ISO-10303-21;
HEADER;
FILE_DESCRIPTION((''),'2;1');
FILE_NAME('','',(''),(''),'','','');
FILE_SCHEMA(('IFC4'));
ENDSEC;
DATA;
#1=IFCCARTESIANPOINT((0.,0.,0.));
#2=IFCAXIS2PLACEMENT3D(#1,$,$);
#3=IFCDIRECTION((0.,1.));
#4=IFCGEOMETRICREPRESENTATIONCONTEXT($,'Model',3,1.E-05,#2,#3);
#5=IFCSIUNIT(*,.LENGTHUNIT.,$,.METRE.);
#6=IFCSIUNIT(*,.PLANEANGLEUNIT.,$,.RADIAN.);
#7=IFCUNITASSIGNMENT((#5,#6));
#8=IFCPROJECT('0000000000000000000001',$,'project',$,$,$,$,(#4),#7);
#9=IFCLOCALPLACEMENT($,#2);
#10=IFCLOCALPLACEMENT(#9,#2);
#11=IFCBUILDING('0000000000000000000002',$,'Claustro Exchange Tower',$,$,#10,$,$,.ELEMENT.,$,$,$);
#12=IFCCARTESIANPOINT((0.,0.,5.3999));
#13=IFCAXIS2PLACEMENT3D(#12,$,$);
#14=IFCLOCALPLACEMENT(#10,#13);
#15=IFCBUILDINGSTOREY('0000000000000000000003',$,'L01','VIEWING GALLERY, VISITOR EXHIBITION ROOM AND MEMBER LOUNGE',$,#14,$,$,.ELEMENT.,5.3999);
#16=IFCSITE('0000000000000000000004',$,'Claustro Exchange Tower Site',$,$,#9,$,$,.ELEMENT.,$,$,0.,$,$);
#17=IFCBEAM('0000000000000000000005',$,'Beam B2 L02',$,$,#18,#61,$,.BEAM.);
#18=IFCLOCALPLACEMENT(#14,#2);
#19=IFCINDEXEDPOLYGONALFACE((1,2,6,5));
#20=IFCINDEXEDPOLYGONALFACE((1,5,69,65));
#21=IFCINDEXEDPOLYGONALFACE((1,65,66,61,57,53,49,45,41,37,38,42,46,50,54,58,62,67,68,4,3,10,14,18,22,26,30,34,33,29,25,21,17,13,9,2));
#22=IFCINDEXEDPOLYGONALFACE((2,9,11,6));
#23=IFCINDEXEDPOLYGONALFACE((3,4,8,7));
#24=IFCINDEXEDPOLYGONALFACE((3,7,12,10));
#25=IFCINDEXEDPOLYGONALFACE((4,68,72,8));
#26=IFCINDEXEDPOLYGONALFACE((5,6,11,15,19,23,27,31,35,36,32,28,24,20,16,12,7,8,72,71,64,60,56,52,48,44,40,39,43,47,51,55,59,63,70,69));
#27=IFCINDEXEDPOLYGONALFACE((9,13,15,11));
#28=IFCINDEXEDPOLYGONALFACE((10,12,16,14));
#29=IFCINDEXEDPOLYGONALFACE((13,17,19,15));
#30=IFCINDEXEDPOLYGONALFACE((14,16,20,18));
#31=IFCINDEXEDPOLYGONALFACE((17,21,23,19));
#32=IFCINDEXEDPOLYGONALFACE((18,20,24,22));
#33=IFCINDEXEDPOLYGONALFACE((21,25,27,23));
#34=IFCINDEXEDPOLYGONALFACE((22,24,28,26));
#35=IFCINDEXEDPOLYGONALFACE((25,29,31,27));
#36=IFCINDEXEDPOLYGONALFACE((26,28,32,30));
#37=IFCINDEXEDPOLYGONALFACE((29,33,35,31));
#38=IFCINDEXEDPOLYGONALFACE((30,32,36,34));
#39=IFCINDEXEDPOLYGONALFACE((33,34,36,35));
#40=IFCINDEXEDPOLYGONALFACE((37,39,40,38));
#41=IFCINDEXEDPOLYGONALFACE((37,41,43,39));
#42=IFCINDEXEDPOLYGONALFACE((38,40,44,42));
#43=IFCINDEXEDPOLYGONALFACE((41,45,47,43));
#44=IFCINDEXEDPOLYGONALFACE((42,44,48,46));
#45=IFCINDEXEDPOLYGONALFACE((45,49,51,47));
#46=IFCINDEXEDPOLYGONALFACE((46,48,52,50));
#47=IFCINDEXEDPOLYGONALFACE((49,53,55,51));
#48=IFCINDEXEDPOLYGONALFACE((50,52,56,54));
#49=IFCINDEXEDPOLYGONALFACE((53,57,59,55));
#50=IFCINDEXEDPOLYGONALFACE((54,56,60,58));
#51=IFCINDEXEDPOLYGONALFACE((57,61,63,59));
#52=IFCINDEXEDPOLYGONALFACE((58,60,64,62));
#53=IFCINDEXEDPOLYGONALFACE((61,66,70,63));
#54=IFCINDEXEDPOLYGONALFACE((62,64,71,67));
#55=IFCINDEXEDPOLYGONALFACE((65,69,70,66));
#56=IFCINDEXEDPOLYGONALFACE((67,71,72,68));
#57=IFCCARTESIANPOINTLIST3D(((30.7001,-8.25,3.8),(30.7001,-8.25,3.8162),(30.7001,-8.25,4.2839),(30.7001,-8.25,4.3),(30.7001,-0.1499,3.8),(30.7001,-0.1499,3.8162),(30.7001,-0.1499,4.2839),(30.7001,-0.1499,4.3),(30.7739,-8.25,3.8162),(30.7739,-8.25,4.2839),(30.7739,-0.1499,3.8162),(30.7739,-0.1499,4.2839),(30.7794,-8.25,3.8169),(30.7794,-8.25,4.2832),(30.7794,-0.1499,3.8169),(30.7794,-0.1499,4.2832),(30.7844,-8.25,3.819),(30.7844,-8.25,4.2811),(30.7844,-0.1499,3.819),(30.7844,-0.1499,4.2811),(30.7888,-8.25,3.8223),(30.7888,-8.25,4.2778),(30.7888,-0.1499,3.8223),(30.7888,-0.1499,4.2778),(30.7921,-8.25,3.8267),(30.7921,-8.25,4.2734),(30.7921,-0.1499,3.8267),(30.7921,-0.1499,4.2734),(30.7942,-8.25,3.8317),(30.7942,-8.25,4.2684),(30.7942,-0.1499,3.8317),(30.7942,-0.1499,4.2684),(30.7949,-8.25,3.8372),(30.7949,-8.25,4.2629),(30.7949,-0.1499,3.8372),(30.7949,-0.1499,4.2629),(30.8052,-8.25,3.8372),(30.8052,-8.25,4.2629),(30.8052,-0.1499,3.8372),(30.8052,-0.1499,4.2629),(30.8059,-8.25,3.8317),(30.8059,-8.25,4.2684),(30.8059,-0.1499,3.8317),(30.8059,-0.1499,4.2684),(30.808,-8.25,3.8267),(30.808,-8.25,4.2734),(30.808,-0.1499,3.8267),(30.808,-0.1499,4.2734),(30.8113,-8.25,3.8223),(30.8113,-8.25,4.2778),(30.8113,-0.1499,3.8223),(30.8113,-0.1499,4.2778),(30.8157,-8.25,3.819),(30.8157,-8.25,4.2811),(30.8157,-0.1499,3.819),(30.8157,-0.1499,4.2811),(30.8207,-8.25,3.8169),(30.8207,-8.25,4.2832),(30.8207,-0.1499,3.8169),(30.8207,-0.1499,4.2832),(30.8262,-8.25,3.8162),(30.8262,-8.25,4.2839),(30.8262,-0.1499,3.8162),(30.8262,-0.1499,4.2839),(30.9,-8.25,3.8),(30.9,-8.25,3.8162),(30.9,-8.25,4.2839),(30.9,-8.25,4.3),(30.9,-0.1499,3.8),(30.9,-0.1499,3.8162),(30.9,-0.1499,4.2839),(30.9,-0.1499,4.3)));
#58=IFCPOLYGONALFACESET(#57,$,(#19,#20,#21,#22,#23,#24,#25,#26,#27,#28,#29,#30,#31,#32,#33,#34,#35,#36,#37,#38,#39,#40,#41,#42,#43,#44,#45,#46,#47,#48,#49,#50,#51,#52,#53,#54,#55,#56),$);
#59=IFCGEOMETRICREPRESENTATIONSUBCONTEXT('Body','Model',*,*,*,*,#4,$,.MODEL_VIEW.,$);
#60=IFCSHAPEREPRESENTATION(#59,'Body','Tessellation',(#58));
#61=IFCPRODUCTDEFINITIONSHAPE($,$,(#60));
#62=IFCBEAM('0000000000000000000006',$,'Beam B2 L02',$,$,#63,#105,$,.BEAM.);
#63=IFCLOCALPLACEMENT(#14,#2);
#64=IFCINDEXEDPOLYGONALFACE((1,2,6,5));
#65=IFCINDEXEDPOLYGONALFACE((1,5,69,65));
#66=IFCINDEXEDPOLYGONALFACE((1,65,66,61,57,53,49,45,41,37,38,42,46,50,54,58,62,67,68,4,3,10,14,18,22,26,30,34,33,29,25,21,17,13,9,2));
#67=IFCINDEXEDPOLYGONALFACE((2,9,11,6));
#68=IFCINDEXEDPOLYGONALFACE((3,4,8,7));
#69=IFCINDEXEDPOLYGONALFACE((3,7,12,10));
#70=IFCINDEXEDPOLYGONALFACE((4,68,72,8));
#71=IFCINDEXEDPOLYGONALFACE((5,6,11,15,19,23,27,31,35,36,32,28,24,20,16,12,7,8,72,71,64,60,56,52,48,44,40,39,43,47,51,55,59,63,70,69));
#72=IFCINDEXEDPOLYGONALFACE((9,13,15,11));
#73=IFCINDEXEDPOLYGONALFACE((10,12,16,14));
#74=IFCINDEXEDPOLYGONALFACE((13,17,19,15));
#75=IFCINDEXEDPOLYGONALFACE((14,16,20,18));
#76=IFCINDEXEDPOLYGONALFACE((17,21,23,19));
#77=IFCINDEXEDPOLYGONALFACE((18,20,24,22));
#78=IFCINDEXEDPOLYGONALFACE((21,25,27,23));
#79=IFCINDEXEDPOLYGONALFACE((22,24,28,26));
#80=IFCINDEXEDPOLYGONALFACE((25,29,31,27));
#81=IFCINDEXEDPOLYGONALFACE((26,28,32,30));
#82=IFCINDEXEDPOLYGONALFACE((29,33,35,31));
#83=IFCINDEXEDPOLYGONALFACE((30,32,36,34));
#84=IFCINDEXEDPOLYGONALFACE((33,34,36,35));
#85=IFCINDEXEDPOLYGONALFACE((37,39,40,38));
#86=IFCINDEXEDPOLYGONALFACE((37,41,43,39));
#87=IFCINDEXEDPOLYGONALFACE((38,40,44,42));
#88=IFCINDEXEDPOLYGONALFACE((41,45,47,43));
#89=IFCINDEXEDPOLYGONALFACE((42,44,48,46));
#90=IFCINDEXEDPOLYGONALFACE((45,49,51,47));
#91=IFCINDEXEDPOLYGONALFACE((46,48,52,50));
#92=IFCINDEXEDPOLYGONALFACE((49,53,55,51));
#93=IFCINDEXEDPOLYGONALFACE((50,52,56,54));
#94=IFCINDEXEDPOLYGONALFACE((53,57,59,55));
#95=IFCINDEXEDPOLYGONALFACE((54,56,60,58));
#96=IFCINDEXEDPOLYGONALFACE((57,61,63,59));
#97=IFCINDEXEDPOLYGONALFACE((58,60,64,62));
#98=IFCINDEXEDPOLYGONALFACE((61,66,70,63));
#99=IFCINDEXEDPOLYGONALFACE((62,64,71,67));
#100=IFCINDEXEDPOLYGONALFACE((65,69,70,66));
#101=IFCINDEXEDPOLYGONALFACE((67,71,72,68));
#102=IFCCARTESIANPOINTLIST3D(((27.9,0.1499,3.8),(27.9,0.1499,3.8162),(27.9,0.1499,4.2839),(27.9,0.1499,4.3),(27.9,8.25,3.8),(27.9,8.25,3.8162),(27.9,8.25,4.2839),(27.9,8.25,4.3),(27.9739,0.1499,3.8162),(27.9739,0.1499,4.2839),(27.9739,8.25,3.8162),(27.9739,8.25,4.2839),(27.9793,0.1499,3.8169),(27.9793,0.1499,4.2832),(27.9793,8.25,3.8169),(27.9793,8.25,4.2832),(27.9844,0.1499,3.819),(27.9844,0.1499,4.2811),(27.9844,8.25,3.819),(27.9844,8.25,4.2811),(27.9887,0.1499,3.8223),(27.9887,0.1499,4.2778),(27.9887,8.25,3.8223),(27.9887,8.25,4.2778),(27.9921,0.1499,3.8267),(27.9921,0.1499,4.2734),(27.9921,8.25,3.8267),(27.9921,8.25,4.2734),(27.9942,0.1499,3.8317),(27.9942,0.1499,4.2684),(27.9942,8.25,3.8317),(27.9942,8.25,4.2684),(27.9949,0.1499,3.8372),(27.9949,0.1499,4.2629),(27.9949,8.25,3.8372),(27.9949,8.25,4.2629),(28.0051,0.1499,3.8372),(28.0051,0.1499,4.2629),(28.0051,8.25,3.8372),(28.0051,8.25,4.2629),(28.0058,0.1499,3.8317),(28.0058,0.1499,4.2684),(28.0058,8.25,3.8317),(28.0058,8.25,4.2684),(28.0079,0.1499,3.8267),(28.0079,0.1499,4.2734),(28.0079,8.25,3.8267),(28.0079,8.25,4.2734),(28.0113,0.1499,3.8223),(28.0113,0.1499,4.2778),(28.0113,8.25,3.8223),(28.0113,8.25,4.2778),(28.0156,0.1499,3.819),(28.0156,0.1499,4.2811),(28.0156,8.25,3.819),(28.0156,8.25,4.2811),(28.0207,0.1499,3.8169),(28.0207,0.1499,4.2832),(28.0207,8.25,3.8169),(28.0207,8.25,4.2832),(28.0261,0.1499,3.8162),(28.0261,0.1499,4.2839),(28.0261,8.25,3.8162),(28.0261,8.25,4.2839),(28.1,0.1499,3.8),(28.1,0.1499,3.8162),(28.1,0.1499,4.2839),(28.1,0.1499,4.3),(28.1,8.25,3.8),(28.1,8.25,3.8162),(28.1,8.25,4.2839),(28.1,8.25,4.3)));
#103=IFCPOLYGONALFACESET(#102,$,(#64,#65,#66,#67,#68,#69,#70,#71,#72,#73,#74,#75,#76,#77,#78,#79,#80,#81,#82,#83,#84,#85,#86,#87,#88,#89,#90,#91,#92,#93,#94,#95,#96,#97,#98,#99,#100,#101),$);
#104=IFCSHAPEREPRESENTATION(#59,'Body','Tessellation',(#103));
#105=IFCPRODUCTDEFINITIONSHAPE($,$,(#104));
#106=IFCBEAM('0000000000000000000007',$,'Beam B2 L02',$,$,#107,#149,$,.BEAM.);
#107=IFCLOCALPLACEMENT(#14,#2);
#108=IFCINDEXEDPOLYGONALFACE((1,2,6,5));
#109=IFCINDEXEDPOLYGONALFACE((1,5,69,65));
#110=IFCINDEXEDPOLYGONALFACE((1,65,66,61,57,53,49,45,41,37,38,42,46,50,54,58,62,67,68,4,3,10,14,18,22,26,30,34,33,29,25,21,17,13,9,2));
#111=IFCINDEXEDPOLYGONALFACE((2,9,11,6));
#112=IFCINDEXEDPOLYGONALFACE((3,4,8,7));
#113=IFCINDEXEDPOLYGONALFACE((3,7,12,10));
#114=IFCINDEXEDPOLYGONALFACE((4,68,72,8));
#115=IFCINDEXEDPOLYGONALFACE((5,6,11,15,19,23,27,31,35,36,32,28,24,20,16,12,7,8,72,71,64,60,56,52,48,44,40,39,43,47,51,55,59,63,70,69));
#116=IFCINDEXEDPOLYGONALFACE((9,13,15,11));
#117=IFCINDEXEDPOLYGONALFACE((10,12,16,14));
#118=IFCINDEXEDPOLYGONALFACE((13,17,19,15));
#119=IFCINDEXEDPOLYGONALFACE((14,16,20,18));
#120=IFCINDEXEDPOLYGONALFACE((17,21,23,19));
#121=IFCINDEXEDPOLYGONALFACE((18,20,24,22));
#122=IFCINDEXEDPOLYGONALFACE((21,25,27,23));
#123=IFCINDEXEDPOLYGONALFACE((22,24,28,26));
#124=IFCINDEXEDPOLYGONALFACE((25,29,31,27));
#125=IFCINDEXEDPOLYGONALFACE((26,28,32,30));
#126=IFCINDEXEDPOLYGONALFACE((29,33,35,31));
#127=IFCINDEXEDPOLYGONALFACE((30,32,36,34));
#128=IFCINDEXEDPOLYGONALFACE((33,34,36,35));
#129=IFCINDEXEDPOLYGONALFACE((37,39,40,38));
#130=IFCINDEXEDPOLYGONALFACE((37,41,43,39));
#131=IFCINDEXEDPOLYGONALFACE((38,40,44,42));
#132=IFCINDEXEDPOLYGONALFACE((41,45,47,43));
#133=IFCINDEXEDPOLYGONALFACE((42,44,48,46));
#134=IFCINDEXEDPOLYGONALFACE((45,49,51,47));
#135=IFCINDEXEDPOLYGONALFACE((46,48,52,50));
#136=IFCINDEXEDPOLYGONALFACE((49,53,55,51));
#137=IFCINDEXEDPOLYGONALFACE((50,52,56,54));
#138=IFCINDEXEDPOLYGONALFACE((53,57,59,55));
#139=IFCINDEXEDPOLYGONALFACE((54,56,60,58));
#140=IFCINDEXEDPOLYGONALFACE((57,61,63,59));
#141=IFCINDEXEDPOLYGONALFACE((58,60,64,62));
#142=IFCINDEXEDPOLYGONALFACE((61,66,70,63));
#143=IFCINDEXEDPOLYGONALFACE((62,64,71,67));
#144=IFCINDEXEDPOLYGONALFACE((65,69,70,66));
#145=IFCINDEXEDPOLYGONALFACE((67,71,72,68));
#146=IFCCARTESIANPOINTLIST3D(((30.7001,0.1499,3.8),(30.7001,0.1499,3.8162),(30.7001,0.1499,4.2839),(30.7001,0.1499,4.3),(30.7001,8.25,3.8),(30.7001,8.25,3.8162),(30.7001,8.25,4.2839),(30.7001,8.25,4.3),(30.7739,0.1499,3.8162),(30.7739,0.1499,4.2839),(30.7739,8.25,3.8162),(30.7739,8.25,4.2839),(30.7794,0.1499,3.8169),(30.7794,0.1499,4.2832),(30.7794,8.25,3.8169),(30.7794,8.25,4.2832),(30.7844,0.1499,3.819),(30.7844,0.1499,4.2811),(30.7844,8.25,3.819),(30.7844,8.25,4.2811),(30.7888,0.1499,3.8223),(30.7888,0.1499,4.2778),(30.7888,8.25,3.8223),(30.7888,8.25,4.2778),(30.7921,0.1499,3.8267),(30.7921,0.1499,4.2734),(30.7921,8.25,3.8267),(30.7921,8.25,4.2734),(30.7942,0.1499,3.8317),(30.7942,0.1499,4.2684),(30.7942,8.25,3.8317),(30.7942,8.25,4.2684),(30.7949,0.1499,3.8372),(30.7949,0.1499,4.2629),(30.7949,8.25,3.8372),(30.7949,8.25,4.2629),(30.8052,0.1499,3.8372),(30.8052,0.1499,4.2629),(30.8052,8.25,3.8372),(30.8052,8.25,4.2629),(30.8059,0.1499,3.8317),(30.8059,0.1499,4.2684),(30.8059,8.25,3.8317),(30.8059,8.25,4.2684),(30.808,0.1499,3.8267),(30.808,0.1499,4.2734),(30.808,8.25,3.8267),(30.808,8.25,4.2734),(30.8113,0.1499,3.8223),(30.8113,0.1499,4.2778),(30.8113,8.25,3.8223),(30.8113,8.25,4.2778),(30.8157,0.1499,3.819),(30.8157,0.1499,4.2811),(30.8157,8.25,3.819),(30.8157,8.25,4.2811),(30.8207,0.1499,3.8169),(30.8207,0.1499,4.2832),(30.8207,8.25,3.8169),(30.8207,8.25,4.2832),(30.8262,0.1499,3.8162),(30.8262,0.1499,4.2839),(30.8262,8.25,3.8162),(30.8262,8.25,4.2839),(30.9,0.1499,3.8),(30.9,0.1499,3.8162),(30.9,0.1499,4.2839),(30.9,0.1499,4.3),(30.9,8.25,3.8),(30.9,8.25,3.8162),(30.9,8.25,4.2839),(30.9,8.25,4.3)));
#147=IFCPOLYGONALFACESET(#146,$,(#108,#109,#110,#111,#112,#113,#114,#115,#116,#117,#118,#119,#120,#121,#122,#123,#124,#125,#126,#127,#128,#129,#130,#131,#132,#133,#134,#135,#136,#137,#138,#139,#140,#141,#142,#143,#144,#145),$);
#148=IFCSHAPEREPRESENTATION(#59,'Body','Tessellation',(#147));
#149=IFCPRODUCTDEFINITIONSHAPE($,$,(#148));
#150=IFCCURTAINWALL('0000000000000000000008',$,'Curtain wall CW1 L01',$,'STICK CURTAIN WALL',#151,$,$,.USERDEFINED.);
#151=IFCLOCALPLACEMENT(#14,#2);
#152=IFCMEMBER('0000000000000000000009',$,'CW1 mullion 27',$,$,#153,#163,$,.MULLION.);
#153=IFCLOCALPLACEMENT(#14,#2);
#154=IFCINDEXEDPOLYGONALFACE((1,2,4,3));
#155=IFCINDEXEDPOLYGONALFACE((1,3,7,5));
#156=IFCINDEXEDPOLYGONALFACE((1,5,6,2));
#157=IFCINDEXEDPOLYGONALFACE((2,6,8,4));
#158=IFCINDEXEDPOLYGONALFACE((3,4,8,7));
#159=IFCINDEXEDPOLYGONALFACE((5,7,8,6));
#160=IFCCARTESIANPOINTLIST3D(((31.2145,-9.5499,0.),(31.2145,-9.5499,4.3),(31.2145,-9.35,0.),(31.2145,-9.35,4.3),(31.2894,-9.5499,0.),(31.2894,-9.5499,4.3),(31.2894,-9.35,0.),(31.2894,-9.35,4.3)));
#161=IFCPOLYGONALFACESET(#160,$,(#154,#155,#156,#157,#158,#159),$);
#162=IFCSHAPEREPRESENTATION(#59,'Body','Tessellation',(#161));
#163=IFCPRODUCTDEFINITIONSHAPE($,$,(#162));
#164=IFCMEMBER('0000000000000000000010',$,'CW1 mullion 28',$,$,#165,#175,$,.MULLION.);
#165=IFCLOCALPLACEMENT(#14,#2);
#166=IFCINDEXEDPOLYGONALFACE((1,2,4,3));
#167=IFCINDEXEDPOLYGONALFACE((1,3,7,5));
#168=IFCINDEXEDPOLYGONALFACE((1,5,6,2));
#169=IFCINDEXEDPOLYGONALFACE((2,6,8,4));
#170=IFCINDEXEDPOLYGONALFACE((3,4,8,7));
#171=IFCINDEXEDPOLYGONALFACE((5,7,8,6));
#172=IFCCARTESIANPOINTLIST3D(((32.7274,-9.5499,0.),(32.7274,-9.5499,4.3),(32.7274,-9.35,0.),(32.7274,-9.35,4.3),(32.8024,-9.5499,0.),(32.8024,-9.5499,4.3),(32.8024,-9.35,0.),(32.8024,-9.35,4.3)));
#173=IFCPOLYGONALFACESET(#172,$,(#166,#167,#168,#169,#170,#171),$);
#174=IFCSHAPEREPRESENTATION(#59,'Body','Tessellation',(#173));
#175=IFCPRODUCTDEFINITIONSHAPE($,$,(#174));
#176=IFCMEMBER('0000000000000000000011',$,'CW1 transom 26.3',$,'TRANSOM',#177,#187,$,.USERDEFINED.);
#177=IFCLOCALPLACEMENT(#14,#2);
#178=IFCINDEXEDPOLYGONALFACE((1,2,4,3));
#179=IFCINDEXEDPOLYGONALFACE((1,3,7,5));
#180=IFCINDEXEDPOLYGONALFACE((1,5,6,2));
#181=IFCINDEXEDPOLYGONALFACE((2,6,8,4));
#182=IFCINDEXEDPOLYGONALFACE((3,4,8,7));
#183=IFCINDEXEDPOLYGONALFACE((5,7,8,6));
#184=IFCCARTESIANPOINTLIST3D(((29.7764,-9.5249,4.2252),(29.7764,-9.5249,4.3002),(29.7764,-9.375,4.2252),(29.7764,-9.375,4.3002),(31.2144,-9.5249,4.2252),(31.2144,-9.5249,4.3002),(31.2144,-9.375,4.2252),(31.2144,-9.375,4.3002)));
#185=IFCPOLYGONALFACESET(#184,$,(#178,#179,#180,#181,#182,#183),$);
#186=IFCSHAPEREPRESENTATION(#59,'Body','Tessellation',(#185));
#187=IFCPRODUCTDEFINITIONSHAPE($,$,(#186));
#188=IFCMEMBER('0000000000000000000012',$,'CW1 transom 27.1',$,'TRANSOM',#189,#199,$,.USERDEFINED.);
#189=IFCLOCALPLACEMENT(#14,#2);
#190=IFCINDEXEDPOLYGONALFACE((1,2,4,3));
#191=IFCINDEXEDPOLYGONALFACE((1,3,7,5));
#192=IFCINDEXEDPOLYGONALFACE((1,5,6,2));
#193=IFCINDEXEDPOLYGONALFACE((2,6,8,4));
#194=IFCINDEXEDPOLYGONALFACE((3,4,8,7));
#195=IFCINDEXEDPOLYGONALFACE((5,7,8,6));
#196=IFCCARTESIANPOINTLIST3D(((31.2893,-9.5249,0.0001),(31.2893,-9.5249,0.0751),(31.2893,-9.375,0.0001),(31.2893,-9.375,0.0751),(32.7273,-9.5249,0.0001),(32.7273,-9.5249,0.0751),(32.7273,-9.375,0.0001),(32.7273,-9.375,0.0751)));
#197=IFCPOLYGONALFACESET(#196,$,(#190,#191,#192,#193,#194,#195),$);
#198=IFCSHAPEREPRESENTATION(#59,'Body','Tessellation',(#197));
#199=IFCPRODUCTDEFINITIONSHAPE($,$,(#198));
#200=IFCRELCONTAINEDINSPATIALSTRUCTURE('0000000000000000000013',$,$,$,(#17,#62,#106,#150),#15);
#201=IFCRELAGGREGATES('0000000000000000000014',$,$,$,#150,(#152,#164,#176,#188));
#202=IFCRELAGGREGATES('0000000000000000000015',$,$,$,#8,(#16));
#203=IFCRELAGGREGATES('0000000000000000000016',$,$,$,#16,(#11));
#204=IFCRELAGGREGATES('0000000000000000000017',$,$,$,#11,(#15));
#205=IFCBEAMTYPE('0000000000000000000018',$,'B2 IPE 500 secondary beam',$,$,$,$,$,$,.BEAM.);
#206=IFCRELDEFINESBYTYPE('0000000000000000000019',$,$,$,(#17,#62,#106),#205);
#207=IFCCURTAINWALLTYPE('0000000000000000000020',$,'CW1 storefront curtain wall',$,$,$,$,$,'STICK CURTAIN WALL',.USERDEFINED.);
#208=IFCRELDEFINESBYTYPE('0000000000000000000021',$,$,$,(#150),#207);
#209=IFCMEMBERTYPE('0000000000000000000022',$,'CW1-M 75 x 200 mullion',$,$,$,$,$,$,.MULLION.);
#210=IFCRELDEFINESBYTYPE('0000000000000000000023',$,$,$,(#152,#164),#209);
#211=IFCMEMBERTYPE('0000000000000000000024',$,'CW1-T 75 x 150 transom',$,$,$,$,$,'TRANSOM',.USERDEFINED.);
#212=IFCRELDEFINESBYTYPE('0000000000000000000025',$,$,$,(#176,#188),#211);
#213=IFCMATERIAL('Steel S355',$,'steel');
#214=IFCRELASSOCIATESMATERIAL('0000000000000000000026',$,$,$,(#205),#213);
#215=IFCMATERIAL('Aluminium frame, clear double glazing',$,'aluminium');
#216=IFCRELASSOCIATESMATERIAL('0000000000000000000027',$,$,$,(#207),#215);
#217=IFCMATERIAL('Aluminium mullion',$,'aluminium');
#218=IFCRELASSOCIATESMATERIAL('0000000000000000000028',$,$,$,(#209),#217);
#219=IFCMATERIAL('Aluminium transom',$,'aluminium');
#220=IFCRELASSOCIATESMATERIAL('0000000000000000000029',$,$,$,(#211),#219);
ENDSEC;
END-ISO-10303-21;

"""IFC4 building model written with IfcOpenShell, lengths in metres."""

from ifc_helpers import new_model, si_unit, direction, frame, origin, origin_2d, place, context, subcontext, project, spatial, rectangle, i_section, extrude, material, material_profile, profile_set, type_object, element, aggregate, save


model = new_model("IFC4")

# Units and contexts
model_context = context("Model", 3, precision=1e-05, world=origin(), true_north=direction((0.0, 1.0)))
body_context = subcontext(model_context, "Body", "Model", "MODEL_VIEW")
ifc_project = project(units=[si_unit("LENGTHUNIT", "METRE"), si_unit("PLANEANGLEUNIT", "RADIAN")], contexts=[model_context])

# Site, building, storey
site_placement = place(None, origin())
site = spatial("IfcSite", under=ifc_project, at=site_placement, Name="Claustro Exchange Tower Site", CompositionType="ELEMENT", RefElevation=0.0)
building_placement = place(site_placement, origin())
building = spatial("IfcBuilding", under=site, at=building_placement, Name="Claustro Exchange Tower", CompositionType="ELEMENT")
storey_placement = place(building_placement, frame((0.0, 0.0, 5.3999)))
storey = spatial("IfcBuildingStorey", under=building, at=storey_placement, Name="L01", Description="VIEWING GALLERY, VISITOR EXHIBITION ROOM AND MEMBER LOUNGE", CompositionType="ELEMENT", Elevation=5.3999)

# Beams
ifc_material_1 = material(Name="Steel S355", Category="steel")
ifc_material_profile_1 = material_profile(ifc_material_1, i_section(OverallWidth=0.2, OverallDepth=0.5, WebThickness=0.0103, FlangeThickness=0.0161, FilletRadius=0.021, at=origin_2d()), Name="IPE 500")
ifc_profile_set_1 = profile_set([ifc_material_profile_1], Name="Steel S355")
beam_type_1 = type_object("IfcBeamType", Name="B2 IPE 500 secondary beam", PredefinedType="BEAM", material=ifc_profile_set_1)
for number, where, z_axis, x_axis, name in (
    (1, (30.8, -8.25, 4.05), (0.0, 1.0, 0.0), (-1.0, 0.0, 0.0), "Beam B2 L02"),
    (2, (28.0, 0.1499, 4.05), (0.0, 1.0, 0.0), (-1.0, 0.0, 0.0), "Beam B2 L02"),
    (3, (30.8, 0.1499, 4.05), (0.0, 1.0, 0.0), (-1.0, 0.0, 0.0), "Beam B2 L02"),
):
    element("IfcBeam", number, at=place(storey_placement, frame(where, z_axis=z_axis, x_axis=x_axis)), inside=storey, type_object=beam_type_1, Name=name, PredefinedType="BEAM", context=body_context, shape_type="SweptSolid", body=[
        extrude(i_section(OverallWidth=0.2, OverallDepth=0.5, WebThickness=0.0103, FlangeThickness=0.0161, FilletRadius=0.021, at=origin_2d()), origin(), (0.0, 0.0, 1.0), 8.1001),
    ])

# Curtain wall, members
ifc_material_2 = material(Name="Aluminium frame, clear double glazing", Category="aluminium")
curtain_wall_type = type_object("IfcCurtainWallType", Name="CW1 storefront curtain wall", ElementType="STICK CURTAIN WALL", PredefinedType="USERDEFINED", material=ifc_material_2)
curtain_wall_placement = place(storey_placement, origin())
curtain_wall = element("IfcCurtainWall", 4, at=curtain_wall_placement, inside=storey, type_object=curtain_wall_type, Name="Curtain wall CW1 L01", ObjectType="STICK CURTAIN WALL", PredefinedType="USERDEFINED")
ifc_material_3 = material(Name="Aluminium mullion", Category="aluminium")
ifc_material_profile_2 = material_profile(ifc_material_3, rectangle(XDim=0.2, YDim=0.075, at=origin_2d()), Name="CW1-M 75x200")
ifc_profile_set_2 = profile_set([ifc_material_profile_2], Name="Aluminium mullion")
member_type_1 = type_object("IfcMemberType", Name="CW1-M 75 x 200 mullion", PredefinedType="MULLION", material=ifc_profile_set_2)
member_1_placement = place(storey_placement, frame((31.252, -9.45, 0.0), z_axis=(0.0, 0.0, 1.0), x_axis=(0.0, 1.0, 0.0)))
member_1 = element("IfcMember", 5, at=member_1_placement, type_object=member_type_1, Name="CW1 mullion 27", PredefinedType="MULLION", context=body_context, shape_type="SweptSolid", body=[
    extrude(rectangle(XDim=0.2, YDim=0.075, at=origin_2d()), origin(), (0.0, 0.0, 1.0), 4.3),
])
member_2_placement = place(storey_placement, frame((32.7649, -9.45, 0.0), z_axis=(0.0, 0.0, 1.0), x_axis=(0.0, 1.0, 0.0)))
member_2 = element("IfcMember", 6, at=member_2_placement, type_object=member_type_1, Name="CW1 mullion 28", PredefinedType="MULLION", context=body_context, shape_type="SweptSolid", body=[
    extrude(rectangle(XDim=0.2, YDim=0.075, at=origin_2d()), origin(), (0.0, 0.0, 1.0), 4.3),
])
ifc_material_4 = material(Name="Aluminium transom", Category="aluminium")
ifc_material_profile_3 = material_profile(ifc_material_4, rectangle(XDim=0.1499, YDim=0.075, at=origin_2d()), Name="CW1-T 75x150")
ifc_profile_set_3 = profile_set([ifc_material_profile_3], Name="Aluminium transom")
member_type_2 = type_object("IfcMemberType", Name="CW1-T 75 x 150 transom", ElementType="TRANSOM", PredefinedType="USERDEFINED", material=ifc_profile_set_3)
member_3_placement = place(storey_placement, frame((29.7764, -9.45, 4.2627), z_axis=(1.0, 0.0, 0.0), x_axis=(0.0, 1.0, 0.0)))
member_3 = element("IfcMember", 7, at=member_3_placement, type_object=member_type_2, Name="CW1 transom 26.3", ObjectType="TRANSOM", PredefinedType="USERDEFINED", context=body_context, shape_type="SweptSolid", body=[
    extrude(rectangle(XDim=0.1499, YDim=0.075, at=origin_2d()), origin(), (0.0, 0.0, 1.0), 1.438),
])
member_4_placement = place(storey_placement, frame((31.2893, -9.45, 0.0376), z_axis=(1.0, 0.0, 0.0), x_axis=(0.0, 1.0, 0.0)))
member_4 = element("IfcMember", 8, at=member_4_placement, type_object=member_type_2, Name="CW1 transom 27.1", ObjectType="TRANSOM", PredefinedType="USERDEFINED", context=body_context, shape_type="SweptSolid", body=[
    extrude(rectangle(XDim=0.1499, YDim=0.075, at=origin_2d()), origin(), (0.0, 0.0, 1.0), 1.438),
])
aggregate(curtain_wall, [member_1, member_2, member_3, member_4])

save(model, "model.ifc")
